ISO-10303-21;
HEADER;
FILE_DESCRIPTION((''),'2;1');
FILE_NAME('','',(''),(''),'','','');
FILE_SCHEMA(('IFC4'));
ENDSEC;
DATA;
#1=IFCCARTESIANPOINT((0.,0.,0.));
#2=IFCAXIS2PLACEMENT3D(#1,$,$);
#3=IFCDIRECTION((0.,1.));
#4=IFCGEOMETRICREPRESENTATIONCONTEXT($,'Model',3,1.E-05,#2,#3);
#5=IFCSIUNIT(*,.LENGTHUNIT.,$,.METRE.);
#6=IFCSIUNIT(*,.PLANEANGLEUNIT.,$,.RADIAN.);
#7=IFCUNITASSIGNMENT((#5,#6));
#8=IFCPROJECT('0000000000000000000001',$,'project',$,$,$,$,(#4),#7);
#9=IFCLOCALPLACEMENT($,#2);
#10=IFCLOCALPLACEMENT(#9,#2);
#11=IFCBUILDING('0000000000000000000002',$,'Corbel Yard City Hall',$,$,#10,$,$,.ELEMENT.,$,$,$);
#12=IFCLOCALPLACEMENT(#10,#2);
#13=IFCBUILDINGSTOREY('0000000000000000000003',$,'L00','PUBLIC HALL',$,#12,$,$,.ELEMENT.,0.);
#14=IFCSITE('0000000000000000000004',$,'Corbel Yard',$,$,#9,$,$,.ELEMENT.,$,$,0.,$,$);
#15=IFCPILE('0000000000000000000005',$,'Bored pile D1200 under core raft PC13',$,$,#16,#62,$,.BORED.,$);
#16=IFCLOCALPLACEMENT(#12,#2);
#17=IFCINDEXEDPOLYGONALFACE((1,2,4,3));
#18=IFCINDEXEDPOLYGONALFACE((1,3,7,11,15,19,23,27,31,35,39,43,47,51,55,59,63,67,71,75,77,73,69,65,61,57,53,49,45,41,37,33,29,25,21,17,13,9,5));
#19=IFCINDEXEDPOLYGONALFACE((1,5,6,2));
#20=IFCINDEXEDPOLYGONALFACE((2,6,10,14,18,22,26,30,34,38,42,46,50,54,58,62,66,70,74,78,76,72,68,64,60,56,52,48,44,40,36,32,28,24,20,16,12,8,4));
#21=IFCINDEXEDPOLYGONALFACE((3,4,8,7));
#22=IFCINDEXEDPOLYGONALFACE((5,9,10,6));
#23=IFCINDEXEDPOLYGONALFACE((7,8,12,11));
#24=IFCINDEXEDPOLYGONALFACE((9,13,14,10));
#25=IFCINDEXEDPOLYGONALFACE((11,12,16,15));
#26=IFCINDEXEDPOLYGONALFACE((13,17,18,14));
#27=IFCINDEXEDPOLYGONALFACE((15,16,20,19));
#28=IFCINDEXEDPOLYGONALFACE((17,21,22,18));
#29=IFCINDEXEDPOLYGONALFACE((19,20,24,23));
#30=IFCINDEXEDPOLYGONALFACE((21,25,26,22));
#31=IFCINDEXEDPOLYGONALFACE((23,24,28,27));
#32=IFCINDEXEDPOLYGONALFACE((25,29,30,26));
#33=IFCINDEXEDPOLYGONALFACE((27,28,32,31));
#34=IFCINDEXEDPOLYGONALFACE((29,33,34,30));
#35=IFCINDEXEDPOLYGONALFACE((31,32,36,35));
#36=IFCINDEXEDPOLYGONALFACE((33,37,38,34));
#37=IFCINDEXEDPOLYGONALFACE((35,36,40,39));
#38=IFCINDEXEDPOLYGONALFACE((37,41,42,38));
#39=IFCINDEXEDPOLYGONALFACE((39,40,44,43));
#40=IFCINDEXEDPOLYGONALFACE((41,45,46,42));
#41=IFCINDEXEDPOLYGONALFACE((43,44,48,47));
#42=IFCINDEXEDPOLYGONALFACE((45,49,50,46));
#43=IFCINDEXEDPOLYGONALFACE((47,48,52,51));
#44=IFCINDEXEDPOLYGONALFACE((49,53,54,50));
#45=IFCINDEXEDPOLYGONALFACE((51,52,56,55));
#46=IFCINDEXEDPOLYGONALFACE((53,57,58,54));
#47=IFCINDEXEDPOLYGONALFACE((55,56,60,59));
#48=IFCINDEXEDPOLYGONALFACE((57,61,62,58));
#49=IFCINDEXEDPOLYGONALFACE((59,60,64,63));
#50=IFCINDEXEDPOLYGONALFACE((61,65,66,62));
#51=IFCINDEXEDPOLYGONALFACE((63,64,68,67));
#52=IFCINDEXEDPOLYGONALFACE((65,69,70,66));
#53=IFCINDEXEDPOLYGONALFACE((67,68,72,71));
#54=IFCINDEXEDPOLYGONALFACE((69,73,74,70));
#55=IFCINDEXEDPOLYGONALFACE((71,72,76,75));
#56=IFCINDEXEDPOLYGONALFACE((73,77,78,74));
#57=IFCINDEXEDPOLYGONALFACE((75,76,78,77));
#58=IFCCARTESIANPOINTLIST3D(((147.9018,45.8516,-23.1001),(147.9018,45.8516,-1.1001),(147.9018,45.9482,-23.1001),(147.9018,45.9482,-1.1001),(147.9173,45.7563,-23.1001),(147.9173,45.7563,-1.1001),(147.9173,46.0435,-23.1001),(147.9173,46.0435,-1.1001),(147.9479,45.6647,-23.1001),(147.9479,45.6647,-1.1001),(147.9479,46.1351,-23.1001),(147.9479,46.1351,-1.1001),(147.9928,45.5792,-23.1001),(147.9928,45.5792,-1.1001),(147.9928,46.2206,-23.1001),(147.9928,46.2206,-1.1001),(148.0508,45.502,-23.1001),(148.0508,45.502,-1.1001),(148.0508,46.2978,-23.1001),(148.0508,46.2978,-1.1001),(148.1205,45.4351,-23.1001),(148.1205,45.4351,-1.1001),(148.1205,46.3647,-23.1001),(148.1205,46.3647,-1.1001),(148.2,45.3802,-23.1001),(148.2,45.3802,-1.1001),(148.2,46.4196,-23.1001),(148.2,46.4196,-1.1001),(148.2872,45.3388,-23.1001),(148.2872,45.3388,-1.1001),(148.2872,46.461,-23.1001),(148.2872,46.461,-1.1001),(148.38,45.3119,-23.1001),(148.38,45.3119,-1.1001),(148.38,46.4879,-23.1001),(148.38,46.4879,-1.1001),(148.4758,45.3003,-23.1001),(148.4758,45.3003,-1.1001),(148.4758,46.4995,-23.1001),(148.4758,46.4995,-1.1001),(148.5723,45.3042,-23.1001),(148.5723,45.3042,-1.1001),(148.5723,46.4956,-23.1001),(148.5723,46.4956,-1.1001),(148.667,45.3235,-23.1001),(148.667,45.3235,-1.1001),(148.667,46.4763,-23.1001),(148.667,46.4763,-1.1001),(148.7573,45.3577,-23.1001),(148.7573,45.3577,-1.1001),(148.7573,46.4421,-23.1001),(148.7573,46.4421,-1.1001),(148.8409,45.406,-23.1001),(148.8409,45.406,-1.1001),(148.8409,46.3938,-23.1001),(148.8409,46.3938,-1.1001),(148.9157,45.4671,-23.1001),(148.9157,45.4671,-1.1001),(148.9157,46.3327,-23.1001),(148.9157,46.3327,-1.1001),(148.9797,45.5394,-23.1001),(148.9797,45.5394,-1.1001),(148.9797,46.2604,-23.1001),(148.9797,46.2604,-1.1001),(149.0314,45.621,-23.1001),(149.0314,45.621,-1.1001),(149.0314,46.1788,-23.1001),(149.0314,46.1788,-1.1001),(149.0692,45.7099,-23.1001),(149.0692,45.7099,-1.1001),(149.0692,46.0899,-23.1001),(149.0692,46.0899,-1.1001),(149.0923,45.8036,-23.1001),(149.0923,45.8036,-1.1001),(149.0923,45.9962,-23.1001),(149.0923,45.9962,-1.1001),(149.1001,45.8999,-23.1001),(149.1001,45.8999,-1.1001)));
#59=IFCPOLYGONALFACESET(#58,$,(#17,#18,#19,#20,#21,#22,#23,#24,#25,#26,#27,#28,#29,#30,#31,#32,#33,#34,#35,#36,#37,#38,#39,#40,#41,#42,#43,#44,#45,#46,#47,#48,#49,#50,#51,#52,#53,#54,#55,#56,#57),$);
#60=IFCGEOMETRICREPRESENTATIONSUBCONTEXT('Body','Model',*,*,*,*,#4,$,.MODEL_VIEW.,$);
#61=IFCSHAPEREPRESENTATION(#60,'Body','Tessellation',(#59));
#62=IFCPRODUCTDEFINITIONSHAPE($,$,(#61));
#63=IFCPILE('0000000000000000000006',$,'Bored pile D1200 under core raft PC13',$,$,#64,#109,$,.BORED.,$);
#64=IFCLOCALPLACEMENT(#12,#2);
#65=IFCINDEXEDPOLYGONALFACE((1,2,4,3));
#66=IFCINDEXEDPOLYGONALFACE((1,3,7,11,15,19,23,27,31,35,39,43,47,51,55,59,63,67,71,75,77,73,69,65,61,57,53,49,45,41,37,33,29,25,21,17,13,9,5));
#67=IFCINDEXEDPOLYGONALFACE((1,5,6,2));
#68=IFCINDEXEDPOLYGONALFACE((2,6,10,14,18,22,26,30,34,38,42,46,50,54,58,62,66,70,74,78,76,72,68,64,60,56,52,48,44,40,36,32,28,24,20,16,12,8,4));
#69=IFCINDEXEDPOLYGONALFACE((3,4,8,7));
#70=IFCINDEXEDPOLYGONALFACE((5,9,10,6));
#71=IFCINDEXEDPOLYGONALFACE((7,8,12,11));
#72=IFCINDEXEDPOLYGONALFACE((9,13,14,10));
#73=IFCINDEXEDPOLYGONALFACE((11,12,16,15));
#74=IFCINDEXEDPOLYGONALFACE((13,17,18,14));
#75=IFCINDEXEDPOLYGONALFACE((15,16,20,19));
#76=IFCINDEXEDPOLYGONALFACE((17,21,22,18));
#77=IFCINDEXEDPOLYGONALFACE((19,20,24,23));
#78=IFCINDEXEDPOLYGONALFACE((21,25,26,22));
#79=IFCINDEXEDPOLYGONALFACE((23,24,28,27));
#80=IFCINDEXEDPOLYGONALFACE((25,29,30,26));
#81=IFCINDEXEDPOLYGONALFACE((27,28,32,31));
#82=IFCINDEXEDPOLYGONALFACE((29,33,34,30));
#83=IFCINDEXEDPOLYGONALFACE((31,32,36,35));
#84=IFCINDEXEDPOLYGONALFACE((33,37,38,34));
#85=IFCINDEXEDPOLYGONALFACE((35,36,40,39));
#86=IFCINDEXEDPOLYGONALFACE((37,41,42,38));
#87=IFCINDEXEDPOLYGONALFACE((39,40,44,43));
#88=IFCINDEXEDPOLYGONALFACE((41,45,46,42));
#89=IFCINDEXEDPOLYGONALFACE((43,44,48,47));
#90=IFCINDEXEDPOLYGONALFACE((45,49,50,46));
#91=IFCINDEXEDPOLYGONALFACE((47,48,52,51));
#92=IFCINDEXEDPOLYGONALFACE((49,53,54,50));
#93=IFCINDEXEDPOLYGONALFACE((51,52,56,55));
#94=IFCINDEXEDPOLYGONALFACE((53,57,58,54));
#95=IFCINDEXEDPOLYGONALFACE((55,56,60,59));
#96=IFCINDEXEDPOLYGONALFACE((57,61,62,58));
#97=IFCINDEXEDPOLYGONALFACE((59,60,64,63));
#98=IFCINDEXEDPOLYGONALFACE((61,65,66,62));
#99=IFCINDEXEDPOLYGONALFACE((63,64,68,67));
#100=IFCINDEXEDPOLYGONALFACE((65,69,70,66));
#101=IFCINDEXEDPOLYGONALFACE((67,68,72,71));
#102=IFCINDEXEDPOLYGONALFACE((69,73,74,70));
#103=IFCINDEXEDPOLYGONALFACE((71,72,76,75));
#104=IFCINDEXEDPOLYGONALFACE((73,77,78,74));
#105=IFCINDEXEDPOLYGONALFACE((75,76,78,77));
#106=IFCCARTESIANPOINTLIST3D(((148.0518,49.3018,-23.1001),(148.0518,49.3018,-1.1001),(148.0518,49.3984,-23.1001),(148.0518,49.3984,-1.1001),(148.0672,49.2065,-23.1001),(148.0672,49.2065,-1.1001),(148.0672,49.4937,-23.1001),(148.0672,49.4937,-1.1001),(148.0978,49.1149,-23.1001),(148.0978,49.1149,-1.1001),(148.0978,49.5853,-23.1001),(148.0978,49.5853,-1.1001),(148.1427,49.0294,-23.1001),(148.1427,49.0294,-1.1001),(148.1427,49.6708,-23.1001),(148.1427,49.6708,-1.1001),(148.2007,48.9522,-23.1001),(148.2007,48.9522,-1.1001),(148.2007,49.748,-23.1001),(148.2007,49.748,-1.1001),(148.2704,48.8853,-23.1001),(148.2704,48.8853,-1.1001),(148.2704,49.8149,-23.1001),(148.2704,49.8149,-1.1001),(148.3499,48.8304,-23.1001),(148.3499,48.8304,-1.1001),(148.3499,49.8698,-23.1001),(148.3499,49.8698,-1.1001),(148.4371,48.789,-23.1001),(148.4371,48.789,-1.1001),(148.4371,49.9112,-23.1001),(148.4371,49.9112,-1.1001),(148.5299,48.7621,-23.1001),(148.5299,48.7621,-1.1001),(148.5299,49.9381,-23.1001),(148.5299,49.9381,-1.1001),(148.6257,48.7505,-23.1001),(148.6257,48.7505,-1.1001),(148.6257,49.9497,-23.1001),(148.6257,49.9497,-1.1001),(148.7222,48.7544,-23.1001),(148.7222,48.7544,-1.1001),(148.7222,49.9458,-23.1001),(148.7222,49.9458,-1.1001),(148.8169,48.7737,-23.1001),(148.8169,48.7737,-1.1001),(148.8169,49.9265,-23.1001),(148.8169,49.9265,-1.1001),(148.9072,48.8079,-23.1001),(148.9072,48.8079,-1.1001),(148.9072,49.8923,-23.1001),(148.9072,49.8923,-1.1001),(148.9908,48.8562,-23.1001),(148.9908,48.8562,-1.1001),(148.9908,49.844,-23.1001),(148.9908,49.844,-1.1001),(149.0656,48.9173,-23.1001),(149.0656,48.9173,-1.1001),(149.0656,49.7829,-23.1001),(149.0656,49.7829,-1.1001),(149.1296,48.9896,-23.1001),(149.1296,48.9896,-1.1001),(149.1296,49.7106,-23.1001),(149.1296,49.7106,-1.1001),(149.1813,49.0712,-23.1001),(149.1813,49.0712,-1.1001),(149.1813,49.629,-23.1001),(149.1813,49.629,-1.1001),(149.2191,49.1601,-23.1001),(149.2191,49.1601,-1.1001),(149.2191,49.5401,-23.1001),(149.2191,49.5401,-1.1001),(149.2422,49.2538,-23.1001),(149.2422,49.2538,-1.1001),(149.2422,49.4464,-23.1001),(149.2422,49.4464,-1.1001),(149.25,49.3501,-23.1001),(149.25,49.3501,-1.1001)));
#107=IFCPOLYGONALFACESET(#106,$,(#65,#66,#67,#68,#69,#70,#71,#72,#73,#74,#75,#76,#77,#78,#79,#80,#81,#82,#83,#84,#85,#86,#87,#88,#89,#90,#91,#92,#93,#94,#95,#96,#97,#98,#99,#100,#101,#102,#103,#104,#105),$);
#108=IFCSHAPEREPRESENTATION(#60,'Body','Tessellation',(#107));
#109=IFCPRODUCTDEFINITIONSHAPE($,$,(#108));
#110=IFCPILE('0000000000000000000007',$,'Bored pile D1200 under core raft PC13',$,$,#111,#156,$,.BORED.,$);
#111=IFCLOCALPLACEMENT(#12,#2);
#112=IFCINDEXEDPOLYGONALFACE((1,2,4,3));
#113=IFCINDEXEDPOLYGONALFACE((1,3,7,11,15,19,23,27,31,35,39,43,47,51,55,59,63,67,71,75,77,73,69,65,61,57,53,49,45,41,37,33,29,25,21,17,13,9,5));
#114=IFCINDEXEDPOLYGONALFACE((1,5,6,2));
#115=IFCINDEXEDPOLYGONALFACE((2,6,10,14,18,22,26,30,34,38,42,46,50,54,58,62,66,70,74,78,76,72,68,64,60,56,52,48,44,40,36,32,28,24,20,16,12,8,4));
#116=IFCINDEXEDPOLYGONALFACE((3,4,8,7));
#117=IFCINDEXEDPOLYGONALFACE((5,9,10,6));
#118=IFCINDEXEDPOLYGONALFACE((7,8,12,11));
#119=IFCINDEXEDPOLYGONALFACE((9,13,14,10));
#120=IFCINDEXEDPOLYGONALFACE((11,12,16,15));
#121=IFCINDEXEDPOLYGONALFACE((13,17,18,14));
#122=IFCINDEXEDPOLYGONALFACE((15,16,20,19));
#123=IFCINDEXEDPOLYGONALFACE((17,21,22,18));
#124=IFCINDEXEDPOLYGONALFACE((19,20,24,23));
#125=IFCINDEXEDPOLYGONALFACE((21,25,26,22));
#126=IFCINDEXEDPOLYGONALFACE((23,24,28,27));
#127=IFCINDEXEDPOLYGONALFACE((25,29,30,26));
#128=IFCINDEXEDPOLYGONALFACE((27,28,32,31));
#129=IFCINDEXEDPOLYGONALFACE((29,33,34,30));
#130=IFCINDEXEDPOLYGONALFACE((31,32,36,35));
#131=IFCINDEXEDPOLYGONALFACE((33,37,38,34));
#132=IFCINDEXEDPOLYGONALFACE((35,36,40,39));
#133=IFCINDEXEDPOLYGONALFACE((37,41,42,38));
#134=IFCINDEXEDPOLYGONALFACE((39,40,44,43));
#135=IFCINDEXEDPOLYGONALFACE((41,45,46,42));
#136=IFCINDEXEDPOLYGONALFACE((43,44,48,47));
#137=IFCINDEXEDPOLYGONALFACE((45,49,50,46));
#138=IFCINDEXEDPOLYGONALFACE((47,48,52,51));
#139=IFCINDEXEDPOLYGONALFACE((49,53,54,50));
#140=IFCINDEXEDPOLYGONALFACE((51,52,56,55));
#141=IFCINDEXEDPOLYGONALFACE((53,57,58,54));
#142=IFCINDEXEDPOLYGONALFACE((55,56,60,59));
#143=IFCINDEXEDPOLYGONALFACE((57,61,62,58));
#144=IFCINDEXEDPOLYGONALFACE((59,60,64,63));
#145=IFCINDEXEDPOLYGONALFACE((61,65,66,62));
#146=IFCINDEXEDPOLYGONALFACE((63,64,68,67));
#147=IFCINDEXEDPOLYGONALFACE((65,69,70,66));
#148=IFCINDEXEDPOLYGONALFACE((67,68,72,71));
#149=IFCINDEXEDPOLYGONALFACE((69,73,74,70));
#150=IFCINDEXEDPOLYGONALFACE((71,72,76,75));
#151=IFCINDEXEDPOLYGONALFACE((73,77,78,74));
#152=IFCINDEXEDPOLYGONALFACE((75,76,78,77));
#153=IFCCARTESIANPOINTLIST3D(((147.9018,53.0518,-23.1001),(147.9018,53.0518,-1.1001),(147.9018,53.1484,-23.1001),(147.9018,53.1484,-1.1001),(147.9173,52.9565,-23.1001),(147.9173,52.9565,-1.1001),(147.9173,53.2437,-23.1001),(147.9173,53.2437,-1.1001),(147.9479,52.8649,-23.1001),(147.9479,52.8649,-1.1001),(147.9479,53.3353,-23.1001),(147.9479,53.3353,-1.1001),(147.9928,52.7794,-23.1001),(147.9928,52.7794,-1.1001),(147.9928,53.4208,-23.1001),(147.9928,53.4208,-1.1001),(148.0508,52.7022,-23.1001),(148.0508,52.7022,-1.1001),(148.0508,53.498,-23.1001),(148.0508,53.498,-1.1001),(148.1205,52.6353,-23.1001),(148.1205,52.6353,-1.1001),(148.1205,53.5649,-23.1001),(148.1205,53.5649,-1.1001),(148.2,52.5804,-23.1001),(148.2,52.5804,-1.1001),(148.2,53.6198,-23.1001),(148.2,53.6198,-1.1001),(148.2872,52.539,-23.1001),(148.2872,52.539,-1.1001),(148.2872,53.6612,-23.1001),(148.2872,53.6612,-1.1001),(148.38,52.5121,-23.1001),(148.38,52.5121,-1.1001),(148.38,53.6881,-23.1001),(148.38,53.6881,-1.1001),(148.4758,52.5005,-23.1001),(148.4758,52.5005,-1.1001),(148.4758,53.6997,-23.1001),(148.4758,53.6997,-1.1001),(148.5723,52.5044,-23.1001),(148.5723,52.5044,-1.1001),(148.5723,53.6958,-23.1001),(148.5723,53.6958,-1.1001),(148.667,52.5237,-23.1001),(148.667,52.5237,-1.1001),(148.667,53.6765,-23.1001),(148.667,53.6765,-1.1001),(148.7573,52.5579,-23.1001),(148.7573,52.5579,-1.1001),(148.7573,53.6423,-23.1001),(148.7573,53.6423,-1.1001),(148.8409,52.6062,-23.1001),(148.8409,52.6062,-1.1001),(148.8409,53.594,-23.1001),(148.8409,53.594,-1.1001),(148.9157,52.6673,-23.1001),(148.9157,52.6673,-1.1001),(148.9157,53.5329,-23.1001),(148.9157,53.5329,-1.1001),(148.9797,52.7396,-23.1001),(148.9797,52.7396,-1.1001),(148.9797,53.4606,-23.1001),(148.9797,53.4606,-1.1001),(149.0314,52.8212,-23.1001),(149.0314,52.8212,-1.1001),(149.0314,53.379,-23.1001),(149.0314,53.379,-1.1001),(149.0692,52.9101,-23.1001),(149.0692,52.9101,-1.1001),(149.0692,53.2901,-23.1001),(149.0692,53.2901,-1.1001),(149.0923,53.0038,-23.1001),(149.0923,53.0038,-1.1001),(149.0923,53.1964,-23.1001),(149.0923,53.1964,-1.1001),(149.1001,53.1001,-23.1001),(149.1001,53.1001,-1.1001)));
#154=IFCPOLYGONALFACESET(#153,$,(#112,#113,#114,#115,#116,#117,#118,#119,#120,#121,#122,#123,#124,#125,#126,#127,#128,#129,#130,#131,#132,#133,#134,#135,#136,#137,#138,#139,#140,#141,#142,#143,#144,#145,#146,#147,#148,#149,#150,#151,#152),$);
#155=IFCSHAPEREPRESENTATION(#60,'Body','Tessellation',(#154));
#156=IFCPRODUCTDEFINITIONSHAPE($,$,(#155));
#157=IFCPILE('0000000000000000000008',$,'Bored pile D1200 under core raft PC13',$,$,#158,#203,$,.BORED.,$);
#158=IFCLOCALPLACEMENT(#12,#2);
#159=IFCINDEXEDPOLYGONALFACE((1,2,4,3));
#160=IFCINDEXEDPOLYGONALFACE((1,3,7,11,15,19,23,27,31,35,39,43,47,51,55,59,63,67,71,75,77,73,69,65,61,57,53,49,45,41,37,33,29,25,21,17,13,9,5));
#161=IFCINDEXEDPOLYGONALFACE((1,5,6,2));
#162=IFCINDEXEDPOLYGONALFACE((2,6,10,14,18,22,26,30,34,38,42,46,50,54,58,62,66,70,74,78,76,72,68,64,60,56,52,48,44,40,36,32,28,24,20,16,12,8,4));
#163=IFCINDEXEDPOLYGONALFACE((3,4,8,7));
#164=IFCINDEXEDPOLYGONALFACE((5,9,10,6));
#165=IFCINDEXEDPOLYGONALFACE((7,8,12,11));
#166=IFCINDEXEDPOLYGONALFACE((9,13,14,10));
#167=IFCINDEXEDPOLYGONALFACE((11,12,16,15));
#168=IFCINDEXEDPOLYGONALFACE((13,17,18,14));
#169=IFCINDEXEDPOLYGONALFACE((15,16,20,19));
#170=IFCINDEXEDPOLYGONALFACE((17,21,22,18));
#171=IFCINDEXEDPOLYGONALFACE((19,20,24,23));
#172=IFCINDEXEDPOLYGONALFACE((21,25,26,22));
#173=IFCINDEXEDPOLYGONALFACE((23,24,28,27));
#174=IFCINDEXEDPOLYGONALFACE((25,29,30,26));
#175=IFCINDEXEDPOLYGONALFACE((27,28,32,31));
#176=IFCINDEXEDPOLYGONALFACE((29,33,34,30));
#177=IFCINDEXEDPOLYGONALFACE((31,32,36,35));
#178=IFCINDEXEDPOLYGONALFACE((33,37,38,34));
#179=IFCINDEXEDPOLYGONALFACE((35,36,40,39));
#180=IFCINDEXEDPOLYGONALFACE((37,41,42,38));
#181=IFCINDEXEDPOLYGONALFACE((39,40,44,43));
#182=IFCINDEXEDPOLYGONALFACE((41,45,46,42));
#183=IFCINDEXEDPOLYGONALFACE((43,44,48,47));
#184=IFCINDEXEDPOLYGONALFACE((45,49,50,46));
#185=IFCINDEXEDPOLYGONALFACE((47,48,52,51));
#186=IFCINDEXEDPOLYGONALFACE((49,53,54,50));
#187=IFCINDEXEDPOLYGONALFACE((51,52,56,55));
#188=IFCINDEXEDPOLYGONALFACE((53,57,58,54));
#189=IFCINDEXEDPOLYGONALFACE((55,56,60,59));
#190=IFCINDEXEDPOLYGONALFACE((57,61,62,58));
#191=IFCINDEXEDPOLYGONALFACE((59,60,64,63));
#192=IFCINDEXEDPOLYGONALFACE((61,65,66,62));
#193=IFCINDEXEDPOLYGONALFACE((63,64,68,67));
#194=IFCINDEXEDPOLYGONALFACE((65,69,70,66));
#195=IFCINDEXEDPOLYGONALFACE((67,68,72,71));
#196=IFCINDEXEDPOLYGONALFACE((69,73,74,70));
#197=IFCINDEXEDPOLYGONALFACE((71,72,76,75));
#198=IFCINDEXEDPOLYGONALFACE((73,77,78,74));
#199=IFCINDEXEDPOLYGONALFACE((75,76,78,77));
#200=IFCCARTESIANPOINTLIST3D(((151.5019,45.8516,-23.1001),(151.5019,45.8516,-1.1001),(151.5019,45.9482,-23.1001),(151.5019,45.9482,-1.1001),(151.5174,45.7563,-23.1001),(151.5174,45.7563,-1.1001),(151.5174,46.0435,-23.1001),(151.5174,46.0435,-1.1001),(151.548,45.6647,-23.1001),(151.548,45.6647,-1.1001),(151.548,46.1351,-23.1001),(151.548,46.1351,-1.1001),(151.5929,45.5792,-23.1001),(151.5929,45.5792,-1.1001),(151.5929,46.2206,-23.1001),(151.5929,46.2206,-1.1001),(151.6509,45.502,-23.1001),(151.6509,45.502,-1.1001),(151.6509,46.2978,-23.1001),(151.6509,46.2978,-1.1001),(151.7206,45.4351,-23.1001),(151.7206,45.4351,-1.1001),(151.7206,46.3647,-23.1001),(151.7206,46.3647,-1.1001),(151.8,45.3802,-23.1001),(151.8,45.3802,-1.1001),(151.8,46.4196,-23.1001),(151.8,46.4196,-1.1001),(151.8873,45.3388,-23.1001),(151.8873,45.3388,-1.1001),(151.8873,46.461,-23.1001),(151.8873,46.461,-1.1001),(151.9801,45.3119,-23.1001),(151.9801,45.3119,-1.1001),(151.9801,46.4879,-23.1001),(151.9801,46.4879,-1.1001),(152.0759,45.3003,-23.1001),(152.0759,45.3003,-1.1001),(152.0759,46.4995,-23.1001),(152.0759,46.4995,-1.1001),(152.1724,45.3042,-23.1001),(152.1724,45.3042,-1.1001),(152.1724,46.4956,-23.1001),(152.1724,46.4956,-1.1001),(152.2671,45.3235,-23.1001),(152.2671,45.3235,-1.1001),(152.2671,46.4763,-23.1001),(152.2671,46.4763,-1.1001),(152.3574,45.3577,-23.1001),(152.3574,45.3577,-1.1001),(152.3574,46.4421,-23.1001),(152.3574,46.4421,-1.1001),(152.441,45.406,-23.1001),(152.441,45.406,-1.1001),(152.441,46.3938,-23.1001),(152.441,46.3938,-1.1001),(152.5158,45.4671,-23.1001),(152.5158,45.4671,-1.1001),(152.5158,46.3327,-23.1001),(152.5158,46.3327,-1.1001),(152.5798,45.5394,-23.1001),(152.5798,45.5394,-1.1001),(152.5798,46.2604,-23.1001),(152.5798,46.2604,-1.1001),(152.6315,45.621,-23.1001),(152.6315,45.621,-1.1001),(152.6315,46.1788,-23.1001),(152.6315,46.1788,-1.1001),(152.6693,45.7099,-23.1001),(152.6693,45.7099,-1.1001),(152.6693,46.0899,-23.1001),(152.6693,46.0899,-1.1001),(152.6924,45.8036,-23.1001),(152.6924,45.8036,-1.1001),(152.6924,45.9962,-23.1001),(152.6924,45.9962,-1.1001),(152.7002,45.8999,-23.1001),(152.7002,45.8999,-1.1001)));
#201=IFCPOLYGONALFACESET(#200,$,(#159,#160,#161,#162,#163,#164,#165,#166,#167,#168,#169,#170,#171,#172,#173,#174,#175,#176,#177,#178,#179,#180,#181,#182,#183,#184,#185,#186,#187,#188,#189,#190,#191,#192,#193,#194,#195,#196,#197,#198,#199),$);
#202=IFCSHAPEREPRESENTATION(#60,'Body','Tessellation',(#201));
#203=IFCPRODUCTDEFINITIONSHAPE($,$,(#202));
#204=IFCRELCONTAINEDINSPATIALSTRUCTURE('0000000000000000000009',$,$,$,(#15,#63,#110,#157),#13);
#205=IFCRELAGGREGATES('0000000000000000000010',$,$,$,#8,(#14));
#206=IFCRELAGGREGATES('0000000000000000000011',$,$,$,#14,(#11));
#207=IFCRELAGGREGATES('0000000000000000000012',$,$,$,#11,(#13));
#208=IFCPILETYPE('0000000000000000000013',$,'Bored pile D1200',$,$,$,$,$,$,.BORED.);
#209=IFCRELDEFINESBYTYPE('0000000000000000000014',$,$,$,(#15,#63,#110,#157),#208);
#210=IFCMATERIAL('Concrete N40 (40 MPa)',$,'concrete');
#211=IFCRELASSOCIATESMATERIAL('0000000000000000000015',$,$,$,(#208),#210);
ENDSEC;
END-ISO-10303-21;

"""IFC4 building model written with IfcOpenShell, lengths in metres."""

from ifc_helpers import new_model, si_unit, direction, frame, origin, origin_2d, place, context, subcontext, project, spatial, circle, extrude, material, material_profile, profile_set, type_object, element, save


model = new_model("IFC4")

# Units and contexts
model_context = context("Model", 3, precision=1e-05, world=origin(), true_north=direction((0.0, 1.0)))
body_context = subcontext(model_context, "Body", "Model", "MODEL_VIEW")
ifc_project = project(units=[si_unit("LENGTHUNIT", "METRE"), si_unit("PLANEANGLEUNIT", "RADIAN")], contexts=[model_context])

# Site, building, storey
site_placement = place(None, origin())
site = spatial("IfcSite", under=ifc_project, at=site_placement, Name="Corbel Yard", CompositionType="ELEMENT", RefElevation=0.0)
building_placement = place(site_placement, origin())
building = spatial("IfcBuilding", under=site, at=building_placement, Name="Corbel Yard City Hall", CompositionType="ELEMENT")
storey_placement = place(building_placement, origin())
storey = spatial("IfcBuildingStorey", under=building, at=storey_placement, Name="L00", Description="PUBLIC HALL", CompositionType="ELEMENT", Elevation=0.0)

# Piles
ifc_material_1 = material(Name="Concrete N40 (40 MPa)", Category="concrete")
ifc_material_profile = material_profile(ifc_material_1, circle(Radius=0.6001, at=origin_2d()), Name="D1200")
ifc_profile_set = profile_set([ifc_material_profile], Name="Concrete N40 (40 MPa)")
pile_type = type_object("IfcPileType", Name="Bored pile D1200", PredefinedType="BORED", material=ifc_profile_set)
for number, where, z_axis, x_axis, name in (
    (1, (148.5, 45.8999, -1.1001), (0.0, 0.0, -1.0), (1.0, 0.0, 0.0), "Bored pile D1200 under core raft PC13"),
    (2, (148.6499, 49.3501, -1.1001), (0.0, 0.0, -1.0), (1.0, 0.0, 0.0), "Bored pile D1200 under core raft PC13"),
    (3, (148.5, 53.1001, -1.1001), (0.0, 0.0, -1.0), (1.0, 0.0, 0.0), "Bored pile D1200 under core raft PC13"),
    (4, (152.1001, 45.8999, -1.1001), (0.0, 0.0, -1.0), (1.0, 0.0, 0.0), "Bored pile D1200 under core raft PC13"),
):
    element("IfcPile", number, at=place(storey_placement, frame(where, z_axis=z_axis, x_axis=x_axis)), inside=storey, type_object=pile_type, Name=name, PredefinedType="BORED", context=body_context, shape_type="SweptSolid", body=[
        extrude(circle(Radius=0.6001, at=origin_2d()), origin(), (0.0, 0.0, 1.0), 22.0),
    ])

save(model, "model.ifc")
